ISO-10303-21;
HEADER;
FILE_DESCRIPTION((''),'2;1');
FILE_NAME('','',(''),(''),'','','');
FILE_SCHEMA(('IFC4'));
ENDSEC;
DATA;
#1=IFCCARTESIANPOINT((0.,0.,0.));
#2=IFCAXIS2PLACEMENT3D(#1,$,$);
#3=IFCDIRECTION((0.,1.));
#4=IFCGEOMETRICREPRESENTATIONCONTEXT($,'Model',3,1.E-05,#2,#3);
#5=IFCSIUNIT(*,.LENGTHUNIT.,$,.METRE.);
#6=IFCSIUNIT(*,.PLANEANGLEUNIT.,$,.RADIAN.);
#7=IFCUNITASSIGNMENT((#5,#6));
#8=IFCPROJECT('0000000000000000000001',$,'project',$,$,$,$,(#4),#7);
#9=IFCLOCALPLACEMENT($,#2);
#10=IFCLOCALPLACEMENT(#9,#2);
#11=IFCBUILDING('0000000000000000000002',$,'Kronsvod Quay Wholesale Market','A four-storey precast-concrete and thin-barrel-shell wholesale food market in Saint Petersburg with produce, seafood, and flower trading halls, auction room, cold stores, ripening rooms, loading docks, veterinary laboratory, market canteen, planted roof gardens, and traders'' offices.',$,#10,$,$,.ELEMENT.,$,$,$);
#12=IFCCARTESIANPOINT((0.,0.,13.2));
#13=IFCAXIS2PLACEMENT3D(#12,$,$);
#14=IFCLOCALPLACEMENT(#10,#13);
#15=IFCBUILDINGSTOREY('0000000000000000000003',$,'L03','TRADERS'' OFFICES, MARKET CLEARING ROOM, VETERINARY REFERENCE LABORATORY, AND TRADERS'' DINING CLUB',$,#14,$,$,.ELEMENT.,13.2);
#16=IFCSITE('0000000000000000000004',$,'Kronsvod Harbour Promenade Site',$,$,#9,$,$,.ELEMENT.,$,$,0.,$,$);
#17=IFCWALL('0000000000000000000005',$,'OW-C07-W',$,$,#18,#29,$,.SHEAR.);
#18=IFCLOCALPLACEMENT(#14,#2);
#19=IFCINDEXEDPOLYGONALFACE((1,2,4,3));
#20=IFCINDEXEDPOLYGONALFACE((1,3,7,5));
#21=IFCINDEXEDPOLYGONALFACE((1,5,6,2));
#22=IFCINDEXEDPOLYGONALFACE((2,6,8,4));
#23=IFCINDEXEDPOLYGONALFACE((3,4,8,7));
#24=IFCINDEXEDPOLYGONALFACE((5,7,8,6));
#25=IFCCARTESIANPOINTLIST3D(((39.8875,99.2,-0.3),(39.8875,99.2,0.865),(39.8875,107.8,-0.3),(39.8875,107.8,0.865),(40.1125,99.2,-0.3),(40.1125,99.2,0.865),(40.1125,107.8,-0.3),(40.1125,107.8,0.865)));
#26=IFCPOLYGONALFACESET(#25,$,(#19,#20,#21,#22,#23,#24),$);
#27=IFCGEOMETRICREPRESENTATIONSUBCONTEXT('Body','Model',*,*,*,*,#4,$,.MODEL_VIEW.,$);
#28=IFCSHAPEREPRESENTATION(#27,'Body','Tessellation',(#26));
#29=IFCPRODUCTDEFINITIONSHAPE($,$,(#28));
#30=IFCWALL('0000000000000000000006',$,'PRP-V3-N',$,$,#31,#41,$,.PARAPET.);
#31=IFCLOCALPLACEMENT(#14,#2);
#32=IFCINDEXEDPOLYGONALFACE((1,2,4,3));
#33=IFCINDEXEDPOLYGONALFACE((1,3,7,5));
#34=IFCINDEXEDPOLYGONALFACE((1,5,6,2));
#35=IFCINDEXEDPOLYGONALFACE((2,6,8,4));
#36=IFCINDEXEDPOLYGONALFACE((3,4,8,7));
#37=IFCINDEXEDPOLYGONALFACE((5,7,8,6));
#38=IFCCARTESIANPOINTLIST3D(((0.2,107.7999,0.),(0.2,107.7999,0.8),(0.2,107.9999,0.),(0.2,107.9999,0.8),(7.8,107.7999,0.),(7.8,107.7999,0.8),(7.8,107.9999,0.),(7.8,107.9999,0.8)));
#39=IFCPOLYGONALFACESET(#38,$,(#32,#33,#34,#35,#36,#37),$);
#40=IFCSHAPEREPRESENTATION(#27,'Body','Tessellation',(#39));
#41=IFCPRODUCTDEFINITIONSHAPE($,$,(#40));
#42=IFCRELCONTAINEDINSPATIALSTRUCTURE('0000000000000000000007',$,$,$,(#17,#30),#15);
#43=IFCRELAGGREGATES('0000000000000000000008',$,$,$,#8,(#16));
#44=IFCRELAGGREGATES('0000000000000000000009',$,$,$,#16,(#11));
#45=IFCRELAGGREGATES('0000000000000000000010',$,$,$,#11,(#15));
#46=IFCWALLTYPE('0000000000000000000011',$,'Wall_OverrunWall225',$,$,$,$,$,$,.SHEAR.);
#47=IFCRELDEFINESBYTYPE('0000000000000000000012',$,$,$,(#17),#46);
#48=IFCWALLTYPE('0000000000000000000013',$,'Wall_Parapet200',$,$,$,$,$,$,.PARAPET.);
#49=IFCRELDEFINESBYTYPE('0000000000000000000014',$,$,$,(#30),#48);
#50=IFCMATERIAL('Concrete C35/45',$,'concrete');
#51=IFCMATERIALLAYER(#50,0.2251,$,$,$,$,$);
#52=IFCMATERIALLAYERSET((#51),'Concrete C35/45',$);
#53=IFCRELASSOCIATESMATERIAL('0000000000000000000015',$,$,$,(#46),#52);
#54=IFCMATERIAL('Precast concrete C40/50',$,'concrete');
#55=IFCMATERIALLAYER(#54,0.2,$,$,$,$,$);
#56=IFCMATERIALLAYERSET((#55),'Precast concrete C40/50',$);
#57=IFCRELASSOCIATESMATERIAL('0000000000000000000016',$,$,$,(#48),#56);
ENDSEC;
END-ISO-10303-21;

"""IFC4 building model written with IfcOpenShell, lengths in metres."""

from ifc_helpers import new_model, si_unit, direction, frame, frame_2d, origin, place, context, subcontext, project, spatial, rectangle, extrude, material, layer, layer_set, type_object, element, save


model = new_model("IFC4")

# Units and contexts
model_context = context("Model", 3, precision=1e-05, world=origin(), true_north=direction((0.0, 1.0)))
body_context = subcontext(model_context, "Body", "Model", "MODEL_VIEW")
ifc_project = project(units=[si_unit("LENGTHUNIT", "METRE"), si_unit("PLANEANGLEUNIT", "RADIAN")], contexts=[model_context])

# Site, building, storey
site_placement = place(None, origin())
site = spatial("IfcSite", under=ifc_project, at=site_placement, Name="Kronsvod Harbour Promenade Site", CompositionType="ELEMENT", RefElevation=0.0)
building_placement = place(site_placement, origin())
building = spatial("IfcBuilding", under=site, at=building_placement, Name="Kronsvod Quay Wholesale Market", Description="A four-storey precast-concrete and thin-barrel-shell wholesale food market in Saint Petersburg with produce, seafood, and flower trading halls, auction room, cold stores, ripening rooms, loading docks, veterinary laboratory, market canteen, planted roof gardens, and traders' offices.", CompositionType="ELEMENT")
storey_placement = place(building_placement, frame((0.0, 0.0, 13.2)))
storey = spatial("IfcBuildingStorey", under=building, at=storey_placement, Name="L03", Description="TRADERS' OFFICES, MARKET CLEARING ROOM, VETERINARY REFERENCE LABORATORY, AND TRADERS' DINING CLUB", CompositionType="ELEMENT", Elevation=13.2)

# Walls
ifc_material_1 = material(Name="Concrete C35/45", Category="concrete")
ifc_layer_1 = layer(ifc_material_1, 0.2251)
ifc_layer_set_1 = layer_set([ifc_layer_1], Name="Concrete C35/45")
wall_type_1 = type_object("IfcWallType", Name="Wall_OverrunWall225", PredefinedType="SHEAR", material=ifc_layer_set_1)
for number, where, z_axis, x_axis, name in (
    (1, (40.0, 99.2, -0.3), (0.0, 0.0, 1.0), (0.0, 1.0, 0.0), "OW-C07-W"),
):
    element("IfcWall", number, at=place(storey_placement, frame(where, z_axis=z_axis, x_axis=x_axis)), inside=storey, type_object=wall_type_1, Name=name, PredefinedType="SHEAR", context=body_context, shape_type="SweptSolid", body=[
        extrude(rectangle(XDim=8.6001, YDim=0.2251, at=frame_2d((4.3, 0.0))), origin(), (0.0, 0.0, 1.0), 1.165),
    ])
ifc_material_2 = material(Name="Precast concrete C40/50", Category="concrete")
ifc_layer_2 = layer(ifc_material_2, 0.2)
ifc_layer_set_2 = layer_set([ifc_layer_2], Name="Precast concrete C40/50")
wall_type_2 = type_object("IfcWallType", Name="Wall_Parapet200", PredefinedType="PARAPET", material=ifc_layer_set_2)
wall_placement = place(storey_placement, frame((0.2, 107.8999, 0.0), z_axis=(0.0, 0.0, 1.0), x_axis=(1.0, 0.0, 0.0)))
element("IfcWall", 2, at=wall_placement, inside=storey, type_object=wall_type_2, Name="PRP-V3-N", PredefinedType="PARAPET", context=body_context, shape_type="SweptSolid", body=[
    extrude(rectangle(XDim=7.6001, YDim=0.2, at=frame_2d((3.8, 0.0))), origin(), (0.0, 0.0, 1.0), 0.8),
])

save(model, "model.ifc")
